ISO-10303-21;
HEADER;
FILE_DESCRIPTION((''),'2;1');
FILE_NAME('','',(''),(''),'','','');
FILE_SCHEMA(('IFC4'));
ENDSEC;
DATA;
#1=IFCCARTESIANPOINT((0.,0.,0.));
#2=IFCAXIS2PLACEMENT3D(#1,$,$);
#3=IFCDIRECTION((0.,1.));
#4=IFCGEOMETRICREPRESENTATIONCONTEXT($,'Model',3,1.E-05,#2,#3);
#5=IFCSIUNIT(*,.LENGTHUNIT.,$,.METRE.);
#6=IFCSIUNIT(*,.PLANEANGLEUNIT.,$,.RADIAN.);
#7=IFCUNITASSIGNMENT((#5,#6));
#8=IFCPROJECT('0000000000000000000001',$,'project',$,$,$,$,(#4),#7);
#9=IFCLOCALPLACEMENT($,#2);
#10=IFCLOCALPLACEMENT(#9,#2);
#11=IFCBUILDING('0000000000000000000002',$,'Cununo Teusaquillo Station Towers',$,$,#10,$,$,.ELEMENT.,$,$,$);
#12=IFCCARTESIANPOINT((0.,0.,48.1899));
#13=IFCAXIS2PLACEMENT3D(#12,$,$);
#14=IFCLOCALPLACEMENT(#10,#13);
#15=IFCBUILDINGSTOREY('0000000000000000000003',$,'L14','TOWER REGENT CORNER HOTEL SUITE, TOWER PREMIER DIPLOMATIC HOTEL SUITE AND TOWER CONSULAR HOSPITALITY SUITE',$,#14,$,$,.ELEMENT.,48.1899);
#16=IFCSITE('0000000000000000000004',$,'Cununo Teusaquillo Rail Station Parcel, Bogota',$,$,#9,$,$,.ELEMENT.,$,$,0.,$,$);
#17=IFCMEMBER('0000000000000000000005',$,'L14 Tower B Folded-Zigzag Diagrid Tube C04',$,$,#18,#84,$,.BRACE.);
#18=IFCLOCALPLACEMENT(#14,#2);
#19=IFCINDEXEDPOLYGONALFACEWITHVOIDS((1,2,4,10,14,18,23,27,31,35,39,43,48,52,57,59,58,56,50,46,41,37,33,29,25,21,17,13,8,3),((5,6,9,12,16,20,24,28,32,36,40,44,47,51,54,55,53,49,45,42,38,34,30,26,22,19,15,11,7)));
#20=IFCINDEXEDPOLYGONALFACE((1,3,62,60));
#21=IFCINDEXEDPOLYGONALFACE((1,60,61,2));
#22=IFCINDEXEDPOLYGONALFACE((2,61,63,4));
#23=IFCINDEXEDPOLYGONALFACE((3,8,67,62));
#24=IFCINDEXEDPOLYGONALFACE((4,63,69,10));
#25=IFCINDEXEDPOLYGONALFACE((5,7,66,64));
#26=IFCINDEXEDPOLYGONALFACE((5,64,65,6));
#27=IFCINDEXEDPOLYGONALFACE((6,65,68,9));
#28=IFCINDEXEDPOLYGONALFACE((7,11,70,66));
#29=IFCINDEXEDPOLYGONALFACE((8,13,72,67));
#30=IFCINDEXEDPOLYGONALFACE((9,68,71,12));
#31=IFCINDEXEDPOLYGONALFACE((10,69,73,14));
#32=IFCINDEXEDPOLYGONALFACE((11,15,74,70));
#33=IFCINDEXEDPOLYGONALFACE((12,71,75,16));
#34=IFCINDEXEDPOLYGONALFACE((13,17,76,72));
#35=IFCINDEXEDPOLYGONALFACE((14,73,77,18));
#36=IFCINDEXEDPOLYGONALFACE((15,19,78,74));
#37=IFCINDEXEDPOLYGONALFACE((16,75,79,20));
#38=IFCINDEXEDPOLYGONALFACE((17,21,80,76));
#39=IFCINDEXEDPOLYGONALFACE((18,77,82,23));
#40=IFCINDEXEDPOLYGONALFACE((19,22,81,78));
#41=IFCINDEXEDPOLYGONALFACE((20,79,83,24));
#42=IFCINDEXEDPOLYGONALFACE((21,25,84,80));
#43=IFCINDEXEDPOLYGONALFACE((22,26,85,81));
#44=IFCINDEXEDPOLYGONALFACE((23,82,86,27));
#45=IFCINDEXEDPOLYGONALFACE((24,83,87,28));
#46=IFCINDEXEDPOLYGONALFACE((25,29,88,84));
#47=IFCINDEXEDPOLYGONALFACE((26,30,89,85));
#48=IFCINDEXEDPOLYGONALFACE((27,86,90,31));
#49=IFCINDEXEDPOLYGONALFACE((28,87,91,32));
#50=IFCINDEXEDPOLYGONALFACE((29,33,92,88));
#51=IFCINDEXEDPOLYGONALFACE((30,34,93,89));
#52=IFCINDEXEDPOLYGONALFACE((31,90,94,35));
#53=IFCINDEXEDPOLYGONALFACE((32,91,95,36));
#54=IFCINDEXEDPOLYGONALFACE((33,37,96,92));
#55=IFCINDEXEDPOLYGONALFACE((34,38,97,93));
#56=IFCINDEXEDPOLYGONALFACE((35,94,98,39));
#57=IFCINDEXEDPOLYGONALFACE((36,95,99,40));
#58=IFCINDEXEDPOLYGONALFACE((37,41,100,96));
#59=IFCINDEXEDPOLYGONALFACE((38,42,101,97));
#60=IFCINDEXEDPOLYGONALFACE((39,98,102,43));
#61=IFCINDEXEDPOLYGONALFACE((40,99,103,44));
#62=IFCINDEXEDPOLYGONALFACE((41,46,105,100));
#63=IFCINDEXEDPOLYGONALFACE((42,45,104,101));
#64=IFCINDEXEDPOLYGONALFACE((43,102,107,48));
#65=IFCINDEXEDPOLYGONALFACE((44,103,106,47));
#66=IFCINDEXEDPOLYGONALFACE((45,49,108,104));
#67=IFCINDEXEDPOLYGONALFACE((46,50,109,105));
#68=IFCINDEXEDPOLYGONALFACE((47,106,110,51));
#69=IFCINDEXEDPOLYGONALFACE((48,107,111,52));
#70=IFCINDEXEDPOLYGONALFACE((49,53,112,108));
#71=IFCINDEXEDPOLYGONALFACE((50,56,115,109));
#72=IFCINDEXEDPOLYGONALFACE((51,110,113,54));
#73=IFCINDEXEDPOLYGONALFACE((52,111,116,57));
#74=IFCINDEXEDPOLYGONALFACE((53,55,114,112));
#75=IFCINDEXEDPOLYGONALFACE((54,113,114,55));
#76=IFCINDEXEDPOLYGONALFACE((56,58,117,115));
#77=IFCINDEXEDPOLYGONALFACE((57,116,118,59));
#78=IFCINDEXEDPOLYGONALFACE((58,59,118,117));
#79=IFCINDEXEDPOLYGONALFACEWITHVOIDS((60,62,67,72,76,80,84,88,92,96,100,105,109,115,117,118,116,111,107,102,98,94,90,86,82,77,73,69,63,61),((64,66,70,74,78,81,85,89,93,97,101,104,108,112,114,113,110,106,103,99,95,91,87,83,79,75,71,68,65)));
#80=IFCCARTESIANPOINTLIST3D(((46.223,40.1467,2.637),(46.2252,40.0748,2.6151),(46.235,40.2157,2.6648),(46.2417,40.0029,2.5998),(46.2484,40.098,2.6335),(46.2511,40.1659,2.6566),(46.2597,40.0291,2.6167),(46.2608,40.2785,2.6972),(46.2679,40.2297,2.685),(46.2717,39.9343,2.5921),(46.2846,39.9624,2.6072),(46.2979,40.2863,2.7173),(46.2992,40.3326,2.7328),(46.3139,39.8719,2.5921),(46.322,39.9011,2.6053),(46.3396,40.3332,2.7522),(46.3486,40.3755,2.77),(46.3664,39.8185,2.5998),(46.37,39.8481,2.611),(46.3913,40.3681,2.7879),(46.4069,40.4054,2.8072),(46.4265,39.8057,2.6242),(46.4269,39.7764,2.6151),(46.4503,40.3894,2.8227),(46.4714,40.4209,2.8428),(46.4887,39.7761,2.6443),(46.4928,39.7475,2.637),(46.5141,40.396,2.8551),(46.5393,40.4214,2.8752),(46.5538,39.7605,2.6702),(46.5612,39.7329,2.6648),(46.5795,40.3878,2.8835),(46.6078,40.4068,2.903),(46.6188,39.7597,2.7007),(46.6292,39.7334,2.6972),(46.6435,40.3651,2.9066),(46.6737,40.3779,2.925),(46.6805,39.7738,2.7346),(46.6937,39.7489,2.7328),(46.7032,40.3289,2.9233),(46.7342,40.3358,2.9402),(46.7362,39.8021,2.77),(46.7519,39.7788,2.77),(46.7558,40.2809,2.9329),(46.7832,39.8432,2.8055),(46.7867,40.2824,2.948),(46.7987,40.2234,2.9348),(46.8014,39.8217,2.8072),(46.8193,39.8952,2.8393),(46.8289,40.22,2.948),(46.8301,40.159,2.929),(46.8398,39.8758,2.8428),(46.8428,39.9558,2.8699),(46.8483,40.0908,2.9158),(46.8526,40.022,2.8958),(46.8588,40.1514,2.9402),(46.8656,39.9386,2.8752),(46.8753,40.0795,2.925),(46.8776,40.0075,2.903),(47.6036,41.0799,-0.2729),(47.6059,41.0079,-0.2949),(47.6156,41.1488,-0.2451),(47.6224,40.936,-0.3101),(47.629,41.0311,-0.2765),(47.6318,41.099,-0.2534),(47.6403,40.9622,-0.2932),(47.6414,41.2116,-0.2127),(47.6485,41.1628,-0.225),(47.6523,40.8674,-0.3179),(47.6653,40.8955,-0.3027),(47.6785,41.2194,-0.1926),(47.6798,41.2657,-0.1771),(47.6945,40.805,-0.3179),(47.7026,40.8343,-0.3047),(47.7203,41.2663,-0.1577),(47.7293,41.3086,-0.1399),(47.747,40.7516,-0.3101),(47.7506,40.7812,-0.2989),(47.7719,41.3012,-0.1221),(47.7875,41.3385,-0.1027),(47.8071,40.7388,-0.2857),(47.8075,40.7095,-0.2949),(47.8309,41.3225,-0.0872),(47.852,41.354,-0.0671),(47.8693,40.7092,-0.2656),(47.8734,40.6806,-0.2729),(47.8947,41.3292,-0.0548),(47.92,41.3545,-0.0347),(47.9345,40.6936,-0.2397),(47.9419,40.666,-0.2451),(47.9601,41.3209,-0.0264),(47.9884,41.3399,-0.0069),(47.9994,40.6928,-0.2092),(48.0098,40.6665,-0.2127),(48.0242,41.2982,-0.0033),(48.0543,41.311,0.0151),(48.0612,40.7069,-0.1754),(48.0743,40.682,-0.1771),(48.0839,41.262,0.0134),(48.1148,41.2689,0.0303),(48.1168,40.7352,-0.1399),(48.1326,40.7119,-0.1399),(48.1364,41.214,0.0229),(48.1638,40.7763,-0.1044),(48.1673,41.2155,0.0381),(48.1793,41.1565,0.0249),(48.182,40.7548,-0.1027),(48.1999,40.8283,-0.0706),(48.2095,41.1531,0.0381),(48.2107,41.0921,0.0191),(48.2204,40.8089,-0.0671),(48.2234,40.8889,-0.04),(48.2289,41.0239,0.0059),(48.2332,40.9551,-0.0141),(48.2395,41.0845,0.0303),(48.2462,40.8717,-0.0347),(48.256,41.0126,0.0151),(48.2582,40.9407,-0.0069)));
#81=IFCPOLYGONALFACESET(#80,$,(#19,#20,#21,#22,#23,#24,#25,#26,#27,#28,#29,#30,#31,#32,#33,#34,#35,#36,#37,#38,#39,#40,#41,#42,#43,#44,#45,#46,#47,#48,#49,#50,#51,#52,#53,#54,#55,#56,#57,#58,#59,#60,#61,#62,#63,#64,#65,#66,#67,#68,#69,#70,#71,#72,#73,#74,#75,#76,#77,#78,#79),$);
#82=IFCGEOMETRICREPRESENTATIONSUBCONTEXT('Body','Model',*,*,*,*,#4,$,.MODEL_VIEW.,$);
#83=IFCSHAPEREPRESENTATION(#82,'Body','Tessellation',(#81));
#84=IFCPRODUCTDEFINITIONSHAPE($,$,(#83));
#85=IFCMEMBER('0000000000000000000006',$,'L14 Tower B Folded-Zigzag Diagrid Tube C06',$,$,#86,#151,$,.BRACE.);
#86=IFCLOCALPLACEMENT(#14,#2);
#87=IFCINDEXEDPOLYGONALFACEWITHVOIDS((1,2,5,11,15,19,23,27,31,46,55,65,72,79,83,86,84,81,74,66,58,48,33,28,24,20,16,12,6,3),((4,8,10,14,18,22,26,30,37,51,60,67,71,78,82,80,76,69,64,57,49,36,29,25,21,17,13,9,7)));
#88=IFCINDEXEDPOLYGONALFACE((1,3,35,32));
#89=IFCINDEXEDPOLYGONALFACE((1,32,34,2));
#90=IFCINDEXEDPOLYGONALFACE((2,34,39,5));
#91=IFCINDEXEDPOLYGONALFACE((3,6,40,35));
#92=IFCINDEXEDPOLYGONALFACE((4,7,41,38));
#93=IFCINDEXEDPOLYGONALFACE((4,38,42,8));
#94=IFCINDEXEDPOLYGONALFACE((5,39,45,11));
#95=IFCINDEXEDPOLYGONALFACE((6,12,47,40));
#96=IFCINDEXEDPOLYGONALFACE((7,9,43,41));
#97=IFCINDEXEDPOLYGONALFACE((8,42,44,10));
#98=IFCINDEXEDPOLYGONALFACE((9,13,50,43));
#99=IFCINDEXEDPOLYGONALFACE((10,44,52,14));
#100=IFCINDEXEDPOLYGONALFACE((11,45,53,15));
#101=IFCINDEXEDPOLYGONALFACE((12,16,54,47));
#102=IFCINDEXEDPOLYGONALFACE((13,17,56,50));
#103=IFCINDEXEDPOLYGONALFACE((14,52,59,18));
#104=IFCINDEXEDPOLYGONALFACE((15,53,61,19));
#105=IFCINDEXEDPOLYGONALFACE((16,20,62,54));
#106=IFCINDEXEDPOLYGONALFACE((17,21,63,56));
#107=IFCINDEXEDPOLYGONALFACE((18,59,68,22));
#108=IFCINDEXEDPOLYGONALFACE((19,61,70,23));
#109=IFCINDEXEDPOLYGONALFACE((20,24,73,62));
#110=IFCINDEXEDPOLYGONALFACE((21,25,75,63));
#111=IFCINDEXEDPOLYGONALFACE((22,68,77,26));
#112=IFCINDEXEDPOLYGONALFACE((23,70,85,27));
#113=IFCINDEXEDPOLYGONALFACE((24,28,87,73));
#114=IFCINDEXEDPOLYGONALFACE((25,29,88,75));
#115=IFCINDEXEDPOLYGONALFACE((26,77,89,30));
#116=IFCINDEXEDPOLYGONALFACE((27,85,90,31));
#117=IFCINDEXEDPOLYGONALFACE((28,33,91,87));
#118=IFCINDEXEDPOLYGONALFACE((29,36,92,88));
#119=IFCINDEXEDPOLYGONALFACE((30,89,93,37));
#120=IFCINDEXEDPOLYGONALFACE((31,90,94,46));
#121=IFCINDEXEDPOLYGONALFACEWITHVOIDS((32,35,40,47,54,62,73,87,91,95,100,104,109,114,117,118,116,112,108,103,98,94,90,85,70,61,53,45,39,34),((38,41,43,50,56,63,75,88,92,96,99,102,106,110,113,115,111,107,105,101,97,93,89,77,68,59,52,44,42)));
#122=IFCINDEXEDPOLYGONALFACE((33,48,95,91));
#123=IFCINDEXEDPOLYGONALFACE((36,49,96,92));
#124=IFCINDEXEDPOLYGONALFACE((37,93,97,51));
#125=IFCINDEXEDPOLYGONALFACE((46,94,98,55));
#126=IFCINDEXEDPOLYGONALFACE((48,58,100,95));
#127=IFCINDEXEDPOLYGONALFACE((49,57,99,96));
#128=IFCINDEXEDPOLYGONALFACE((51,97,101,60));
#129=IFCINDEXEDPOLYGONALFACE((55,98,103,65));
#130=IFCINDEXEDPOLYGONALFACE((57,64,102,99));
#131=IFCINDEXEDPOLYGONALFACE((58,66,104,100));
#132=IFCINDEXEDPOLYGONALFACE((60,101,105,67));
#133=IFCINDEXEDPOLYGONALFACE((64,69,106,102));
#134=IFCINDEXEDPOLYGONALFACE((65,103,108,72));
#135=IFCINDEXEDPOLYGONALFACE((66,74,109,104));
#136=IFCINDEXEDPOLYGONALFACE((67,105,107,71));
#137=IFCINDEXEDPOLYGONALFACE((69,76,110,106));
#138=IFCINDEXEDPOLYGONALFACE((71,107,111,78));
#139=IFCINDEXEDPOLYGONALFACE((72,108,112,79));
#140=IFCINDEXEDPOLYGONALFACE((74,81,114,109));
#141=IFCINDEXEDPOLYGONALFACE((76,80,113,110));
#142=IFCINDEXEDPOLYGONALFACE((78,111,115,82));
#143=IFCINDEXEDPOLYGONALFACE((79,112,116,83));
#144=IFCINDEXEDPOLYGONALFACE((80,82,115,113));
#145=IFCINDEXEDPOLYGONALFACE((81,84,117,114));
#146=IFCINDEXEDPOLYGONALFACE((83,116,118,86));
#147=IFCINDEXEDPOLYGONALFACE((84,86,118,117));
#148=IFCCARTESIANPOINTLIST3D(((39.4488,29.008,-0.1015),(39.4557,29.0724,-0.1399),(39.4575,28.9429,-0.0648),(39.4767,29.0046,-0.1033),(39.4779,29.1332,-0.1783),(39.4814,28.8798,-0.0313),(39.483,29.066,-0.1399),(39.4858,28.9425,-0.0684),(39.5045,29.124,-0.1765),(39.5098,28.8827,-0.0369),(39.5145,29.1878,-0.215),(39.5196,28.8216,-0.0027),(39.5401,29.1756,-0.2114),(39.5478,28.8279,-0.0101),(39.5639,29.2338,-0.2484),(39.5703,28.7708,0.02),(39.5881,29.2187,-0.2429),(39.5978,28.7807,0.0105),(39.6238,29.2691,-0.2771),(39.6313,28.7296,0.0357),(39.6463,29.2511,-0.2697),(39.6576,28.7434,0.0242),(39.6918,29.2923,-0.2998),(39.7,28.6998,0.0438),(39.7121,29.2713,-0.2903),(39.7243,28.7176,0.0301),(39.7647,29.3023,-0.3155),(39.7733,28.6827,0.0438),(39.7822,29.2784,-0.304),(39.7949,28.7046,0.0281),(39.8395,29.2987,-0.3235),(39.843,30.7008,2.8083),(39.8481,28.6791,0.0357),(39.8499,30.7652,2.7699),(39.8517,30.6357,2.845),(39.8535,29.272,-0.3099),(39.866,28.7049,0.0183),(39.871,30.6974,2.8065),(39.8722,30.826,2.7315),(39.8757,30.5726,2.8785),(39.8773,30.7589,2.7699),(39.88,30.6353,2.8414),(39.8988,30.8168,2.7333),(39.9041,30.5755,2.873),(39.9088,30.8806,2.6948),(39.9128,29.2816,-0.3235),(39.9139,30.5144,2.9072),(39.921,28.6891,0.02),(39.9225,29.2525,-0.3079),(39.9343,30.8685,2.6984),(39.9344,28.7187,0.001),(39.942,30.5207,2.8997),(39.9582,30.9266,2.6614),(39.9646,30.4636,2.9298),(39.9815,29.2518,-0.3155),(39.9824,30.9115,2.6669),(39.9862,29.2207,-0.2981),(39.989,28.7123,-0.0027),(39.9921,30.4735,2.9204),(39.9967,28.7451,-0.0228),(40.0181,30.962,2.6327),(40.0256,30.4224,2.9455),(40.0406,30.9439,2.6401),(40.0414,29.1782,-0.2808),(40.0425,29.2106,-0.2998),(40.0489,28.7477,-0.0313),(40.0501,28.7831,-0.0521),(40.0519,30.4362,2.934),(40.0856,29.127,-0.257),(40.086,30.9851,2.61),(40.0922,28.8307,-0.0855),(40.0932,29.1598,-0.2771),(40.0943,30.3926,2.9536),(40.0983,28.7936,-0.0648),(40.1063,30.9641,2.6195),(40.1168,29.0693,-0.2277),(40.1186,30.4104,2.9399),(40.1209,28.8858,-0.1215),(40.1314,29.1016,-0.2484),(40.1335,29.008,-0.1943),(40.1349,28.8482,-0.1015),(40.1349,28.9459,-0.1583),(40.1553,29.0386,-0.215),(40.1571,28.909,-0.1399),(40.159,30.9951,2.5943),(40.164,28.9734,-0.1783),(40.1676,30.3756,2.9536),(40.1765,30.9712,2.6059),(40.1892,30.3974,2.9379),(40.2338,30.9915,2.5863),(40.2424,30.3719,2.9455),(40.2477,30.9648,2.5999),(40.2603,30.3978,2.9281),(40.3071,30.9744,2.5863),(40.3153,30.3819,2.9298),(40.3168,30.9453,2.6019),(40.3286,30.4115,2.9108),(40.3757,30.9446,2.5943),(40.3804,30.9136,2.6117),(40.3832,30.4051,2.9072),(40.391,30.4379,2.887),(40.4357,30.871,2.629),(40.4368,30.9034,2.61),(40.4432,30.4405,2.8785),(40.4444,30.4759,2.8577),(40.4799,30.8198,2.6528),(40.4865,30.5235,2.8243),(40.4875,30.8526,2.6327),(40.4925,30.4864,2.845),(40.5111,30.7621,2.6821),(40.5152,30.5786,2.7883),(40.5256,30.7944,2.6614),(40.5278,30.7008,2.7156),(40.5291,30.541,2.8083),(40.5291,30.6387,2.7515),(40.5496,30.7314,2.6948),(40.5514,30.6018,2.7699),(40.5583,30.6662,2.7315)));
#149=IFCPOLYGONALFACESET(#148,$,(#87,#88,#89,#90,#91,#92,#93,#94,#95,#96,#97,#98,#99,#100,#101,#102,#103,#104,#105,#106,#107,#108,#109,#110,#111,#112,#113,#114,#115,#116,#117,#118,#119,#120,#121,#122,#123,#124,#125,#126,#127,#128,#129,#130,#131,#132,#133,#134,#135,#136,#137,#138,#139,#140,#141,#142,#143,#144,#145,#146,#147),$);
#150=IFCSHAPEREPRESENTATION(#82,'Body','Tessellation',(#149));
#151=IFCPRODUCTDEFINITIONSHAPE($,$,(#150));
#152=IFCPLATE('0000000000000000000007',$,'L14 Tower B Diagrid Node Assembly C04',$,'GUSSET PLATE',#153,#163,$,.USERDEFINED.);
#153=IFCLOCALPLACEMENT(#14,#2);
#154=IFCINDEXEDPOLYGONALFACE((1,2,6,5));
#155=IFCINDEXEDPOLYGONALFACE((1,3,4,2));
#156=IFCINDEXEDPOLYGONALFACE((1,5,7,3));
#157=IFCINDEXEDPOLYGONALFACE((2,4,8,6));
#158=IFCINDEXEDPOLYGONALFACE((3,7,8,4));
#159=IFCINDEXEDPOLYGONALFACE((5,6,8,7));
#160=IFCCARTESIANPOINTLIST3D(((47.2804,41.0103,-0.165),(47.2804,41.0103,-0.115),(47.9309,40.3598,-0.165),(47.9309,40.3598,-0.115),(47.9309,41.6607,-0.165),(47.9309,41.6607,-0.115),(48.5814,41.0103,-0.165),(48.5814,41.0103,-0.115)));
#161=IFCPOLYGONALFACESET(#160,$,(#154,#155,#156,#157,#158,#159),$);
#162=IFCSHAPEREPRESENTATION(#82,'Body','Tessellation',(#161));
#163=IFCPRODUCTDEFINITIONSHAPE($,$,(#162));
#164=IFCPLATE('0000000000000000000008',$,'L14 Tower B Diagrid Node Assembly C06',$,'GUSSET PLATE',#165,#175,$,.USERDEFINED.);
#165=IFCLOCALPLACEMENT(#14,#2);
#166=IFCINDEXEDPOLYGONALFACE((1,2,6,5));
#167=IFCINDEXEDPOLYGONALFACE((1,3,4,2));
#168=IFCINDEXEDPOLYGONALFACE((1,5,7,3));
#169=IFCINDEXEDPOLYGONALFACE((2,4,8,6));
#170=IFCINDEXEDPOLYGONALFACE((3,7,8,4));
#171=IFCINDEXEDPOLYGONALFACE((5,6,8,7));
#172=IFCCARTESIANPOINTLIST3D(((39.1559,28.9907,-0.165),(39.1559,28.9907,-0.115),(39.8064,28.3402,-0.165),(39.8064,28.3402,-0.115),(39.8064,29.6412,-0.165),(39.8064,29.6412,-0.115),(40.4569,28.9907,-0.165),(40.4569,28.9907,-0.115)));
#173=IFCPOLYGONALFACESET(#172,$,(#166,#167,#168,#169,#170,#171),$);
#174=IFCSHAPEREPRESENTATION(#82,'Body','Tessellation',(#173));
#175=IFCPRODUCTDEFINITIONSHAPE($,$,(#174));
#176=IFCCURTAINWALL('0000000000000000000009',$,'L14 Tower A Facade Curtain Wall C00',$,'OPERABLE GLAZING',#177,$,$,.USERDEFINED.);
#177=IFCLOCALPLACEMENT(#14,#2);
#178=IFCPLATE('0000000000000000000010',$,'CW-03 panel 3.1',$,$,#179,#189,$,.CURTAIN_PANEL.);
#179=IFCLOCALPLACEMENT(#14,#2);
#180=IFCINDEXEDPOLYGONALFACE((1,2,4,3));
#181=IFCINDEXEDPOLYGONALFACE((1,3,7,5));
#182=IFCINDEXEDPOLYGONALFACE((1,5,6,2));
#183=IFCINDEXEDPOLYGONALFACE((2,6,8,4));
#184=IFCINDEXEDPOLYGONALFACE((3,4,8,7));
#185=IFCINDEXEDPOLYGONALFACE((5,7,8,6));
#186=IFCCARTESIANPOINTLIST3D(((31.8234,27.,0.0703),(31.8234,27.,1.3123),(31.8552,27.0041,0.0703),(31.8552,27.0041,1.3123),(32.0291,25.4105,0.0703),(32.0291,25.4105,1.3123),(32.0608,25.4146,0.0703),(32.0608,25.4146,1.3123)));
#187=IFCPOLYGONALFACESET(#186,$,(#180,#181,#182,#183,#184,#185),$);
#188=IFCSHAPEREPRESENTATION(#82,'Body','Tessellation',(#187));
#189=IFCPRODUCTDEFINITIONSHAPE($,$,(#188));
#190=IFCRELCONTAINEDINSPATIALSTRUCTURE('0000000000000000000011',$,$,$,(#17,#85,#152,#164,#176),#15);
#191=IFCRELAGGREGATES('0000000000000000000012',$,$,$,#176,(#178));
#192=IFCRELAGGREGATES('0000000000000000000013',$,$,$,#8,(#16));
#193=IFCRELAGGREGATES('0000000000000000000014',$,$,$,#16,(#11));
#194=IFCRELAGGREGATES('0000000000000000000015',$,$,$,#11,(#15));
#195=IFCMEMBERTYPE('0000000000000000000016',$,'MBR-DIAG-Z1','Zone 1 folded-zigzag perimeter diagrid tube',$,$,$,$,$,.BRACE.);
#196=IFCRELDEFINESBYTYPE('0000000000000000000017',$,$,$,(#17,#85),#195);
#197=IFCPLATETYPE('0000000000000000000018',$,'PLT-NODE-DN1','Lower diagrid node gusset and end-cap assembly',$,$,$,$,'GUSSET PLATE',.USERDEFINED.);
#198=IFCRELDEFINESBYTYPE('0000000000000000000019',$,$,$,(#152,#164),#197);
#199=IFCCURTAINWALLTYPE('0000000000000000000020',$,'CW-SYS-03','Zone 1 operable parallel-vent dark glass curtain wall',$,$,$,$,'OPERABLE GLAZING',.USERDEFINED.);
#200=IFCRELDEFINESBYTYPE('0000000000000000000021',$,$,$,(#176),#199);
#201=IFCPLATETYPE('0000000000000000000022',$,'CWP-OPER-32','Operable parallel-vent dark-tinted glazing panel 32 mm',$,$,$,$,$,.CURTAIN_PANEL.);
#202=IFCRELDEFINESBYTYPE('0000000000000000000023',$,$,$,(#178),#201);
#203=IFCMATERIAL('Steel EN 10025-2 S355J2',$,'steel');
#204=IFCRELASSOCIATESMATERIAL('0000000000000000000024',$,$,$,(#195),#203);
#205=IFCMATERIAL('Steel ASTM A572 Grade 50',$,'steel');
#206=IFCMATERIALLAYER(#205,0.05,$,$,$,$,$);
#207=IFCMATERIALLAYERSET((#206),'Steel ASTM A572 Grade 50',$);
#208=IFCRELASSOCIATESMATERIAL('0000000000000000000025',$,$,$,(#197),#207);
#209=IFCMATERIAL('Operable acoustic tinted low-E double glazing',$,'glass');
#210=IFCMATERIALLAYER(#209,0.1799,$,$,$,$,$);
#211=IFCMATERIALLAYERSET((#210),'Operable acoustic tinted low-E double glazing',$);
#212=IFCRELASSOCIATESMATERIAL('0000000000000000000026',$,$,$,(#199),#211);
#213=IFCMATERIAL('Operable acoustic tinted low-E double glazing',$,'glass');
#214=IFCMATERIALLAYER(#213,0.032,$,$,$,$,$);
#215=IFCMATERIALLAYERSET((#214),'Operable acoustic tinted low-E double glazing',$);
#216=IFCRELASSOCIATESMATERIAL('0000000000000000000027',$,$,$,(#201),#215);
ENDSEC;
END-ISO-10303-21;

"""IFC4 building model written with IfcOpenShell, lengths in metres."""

from ifc_helpers import new_model, si_unit, direction, frame, origin, origin_2d, place, context, subcontext, project, spatial, rectangle, hollow_circle, extrude, source, transform, mapped, material, layer, layer_set, material_profile, profile_set, type_object, element, aggregate, save


model = new_model("IFC4")

# Units and contexts
model_context = context("Model", 3, precision=1e-05, world=origin(), true_north=direction((0.0, 1.0)))
body_context = subcontext(model_context, "Body", "Model", "MODEL_VIEW")
ifc_project = project(units=[si_unit("LENGTHUNIT", "METRE"), si_unit("PLANEANGLEUNIT", "RADIAN")], contexts=[model_context])

# Site, building, storey
site_placement = place(None, origin())
site = spatial("IfcSite", under=ifc_project, at=site_placement, Name="Cununo Teusaquillo Rail Station Parcel, Bogota", CompositionType="ELEMENT", RefElevation=0.0)
building_placement = place(site_placement, origin())
building = spatial("IfcBuilding", under=site, at=building_placement, Name="Cununo Teusaquillo Station Towers", CompositionType="ELEMENT")
storey_placement = place(building_placement, frame((0.0, 0.0, 48.1899)))
storey = spatial("IfcBuildingStorey", under=building, at=storey_placement, Name="L14", Description="TOWER REGENT CORNER HOTEL SUITE, TOWER PREMIER DIPLOMATIC HOTEL SUITE AND TOWER CONSULAR HOSPITALITY SUITE", CompositionType="ELEMENT", Elevation=48.1899)

# Members
ifc_material_1 = material(Name="Steel EN 10025-2 S355J2", Category="steel")
ifc_material_profile_1 = material_profile(ifc_material_1, hollow_circle(Radius=0.3601, WallThickness=0.0281, at=origin_2d()), Name="CHS 720x28")
ifc_profile_set_1 = profile_set([ifc_material_profile_1], Name="Steel EN 10025-2 S355J2")
member_type = type_object("IfcMemberType", Name="MBR-DIAG-Z1", Description="Zone 1 folded-zigzag perimeter diagrid tube", PredefinedType="BRACE", material=ifc_profile_set_1)
member_1_placement = place(storey_placement, frame((47.9309, 41.0103, -0.1399), z_axis=(-0.411723, -0.278268, 0.867785), x_axis=(0.559963, -0.828517, 0.0)))
element("IfcMember", 1, at=member_1_placement, inside=storey, type_object=member_type, Name="L14 Tower B Folded-Zigzag Diagrid Tube C04", PredefinedType="BRACE", context=body_context, shape_type="SweptSolid", body=[
    extrude(hollow_circle(Radius=0.3601, WallThickness=0.0281, at=origin_2d()), origin(), (0.0, 0.0, 1.0), 3.3533),
])
member_2_placement = place(storey_placement, frame((39.8064, 28.9907, -0.1399), z_axis=(0.116325, 0.499442, 0.858502), x_axis=(-0.973932, 0.226839, 0.0)))
element("IfcMember", 2, at=member_2_placement, inside=storey, type_object=member_type, Name="L14 Tower B Folded-Zigzag Diagrid Tube C06", PredefinedType="BRACE", context=body_context, shape_type="SweptSolid", body=[
    extrude(hollow_circle(Radius=0.3601, WallThickness=0.0281, at=origin_2d()), origin(), (0.0, 0.0, 1.0), 3.3894),
])

# Plates
ifc_material_2 = material(Name="Steel ASTM A572 Grade 50", Category="steel")
ifc_layer_1 = layer(ifc_material_2, 0.05)
ifc_layer_set_1 = layer_set([ifc_layer_1], Name="Steel ASTM A572 Grade 50")
plate_type_1 = type_object("IfcPlateType", Name="PLT-NODE-DN1", Description="Lower diagrid node gusset and end-cap assembly", ElementType="GUSSET PLATE", PredefinedType="USERDEFINED", material=ifc_layer_set_1)
shared_shape_1 = source(origin(), body_context, "Body", "SweptSolid", [
    extrude(rectangle(XDim=0.9199, YDim=0.9199, at=origin_2d()), origin(), (0.0, 0.0, 1.0), 0.05),
])
for number, where, z_axis, x_axis, name in (
    (3, (47.9309, 41.0103, -0.165), (0.0, 0.0, 1.0), (0.707107, 0.707107, 0.0), "L14 Tower B Diagrid Node Assembly C04"),
    (4, (39.8064, 28.9907, -0.165), (0.0, 0.0, 1.0), (0.707107, 0.707107, 0.0), "L14 Tower B Diagrid Node Assembly C06"),
):
    element("IfcPlate", number, at=place(storey_placement, frame(where, z_axis=z_axis, x_axis=x_axis)), inside=storey, type_object=plate_type_1, Name=name, ObjectType="GUSSET PLATE", PredefinedType="USERDEFINED", context=body_context, shape_type="MappedRepresentation", body=[
        mapped(shared_shape_1, transform((0.0, 0.0, 0.0), x_axis=(1.0, 0.0, 0.0), y_axis=(0.0, 1.0, 0.0), z_axis=(0.0, 0.0, 1.0), scale=1.0)),
    ])

# Curtain wall, plate
ifc_material_3 = material(Name="Operable acoustic tinted low-E double glazing", Category="glass")
ifc_layer_2 = layer(ifc_material_3, 0.1799)
ifc_layer_set_2 = layer_set([ifc_layer_2], Name="Operable acoustic tinted low-E double glazing")
curtain_wall_type = type_object("IfcCurtainWallType", Name="CW-SYS-03", Description="Zone 1 operable parallel-vent dark glass curtain wall", ElementType="OPERABLE GLAZING", PredefinedType="USERDEFINED", material=ifc_layer_set_2)
curtain_wall_placement = place(storey_placement, origin())
curtain_wall = element("IfcCurtainWall", 5, at=curtain_wall_placement, inside=storey, type_object=curtain_wall_type, Name="L14 Tower A Facade Curtain Wall C00", ObjectType="OPERABLE GLAZING", PredefinedType="USERDEFINED")
ifc_material_4 = material(Name="Operable acoustic tinted low-E double glazing", Category="glass")
ifc_layer_3 = layer(ifc_material_4, 0.032)
ifc_layer_set_3 = layer_set([ifc_layer_3], Name="Operable acoustic tinted low-E double glazing")
plate_type_2 = type_object("IfcPlateType", Name="CWP-OPER-32", Description="Operable parallel-vent dark-tinted glazing panel 32 mm", PredefinedType="CURTAIN_PANEL", material=ifc_layer_set_3)
shared_shape_2 = source(origin(), body_context, "Body", "SweptSolid", [
    extrude(rectangle(XDim=1.6028, YDim=0.032, at=origin_2d()), origin(), (0.0, 0.0, 1.0), 1.2419),
])
plate_1_placement = place(storey_placement, frame((31.9421, 26.2073, 0.0703), z_axis=(0.0, 0.0, 1.0), x_axis=(0.128336, -0.991731, 0.0)))
plate_1 = element("IfcPlate", 6, at=plate_1_placement, type_object=plate_type_2, Name="CW-03 panel 3.1", PredefinedType="CURTAIN_PANEL", context=body_context, shape_type="MappedRepresentation", body=[
    mapped(shared_shape_2, transform((0.0, 0.0, 0.0), x_axis=(1.0, 0.0, 0.0), y_axis=(0.0, 1.0, 0.0), z_axis=(0.0, 0.0, 1.0), scale=1.0)),
])
aggregate(curtain_wall, [plate_1])

save(model, "model.ifc")
